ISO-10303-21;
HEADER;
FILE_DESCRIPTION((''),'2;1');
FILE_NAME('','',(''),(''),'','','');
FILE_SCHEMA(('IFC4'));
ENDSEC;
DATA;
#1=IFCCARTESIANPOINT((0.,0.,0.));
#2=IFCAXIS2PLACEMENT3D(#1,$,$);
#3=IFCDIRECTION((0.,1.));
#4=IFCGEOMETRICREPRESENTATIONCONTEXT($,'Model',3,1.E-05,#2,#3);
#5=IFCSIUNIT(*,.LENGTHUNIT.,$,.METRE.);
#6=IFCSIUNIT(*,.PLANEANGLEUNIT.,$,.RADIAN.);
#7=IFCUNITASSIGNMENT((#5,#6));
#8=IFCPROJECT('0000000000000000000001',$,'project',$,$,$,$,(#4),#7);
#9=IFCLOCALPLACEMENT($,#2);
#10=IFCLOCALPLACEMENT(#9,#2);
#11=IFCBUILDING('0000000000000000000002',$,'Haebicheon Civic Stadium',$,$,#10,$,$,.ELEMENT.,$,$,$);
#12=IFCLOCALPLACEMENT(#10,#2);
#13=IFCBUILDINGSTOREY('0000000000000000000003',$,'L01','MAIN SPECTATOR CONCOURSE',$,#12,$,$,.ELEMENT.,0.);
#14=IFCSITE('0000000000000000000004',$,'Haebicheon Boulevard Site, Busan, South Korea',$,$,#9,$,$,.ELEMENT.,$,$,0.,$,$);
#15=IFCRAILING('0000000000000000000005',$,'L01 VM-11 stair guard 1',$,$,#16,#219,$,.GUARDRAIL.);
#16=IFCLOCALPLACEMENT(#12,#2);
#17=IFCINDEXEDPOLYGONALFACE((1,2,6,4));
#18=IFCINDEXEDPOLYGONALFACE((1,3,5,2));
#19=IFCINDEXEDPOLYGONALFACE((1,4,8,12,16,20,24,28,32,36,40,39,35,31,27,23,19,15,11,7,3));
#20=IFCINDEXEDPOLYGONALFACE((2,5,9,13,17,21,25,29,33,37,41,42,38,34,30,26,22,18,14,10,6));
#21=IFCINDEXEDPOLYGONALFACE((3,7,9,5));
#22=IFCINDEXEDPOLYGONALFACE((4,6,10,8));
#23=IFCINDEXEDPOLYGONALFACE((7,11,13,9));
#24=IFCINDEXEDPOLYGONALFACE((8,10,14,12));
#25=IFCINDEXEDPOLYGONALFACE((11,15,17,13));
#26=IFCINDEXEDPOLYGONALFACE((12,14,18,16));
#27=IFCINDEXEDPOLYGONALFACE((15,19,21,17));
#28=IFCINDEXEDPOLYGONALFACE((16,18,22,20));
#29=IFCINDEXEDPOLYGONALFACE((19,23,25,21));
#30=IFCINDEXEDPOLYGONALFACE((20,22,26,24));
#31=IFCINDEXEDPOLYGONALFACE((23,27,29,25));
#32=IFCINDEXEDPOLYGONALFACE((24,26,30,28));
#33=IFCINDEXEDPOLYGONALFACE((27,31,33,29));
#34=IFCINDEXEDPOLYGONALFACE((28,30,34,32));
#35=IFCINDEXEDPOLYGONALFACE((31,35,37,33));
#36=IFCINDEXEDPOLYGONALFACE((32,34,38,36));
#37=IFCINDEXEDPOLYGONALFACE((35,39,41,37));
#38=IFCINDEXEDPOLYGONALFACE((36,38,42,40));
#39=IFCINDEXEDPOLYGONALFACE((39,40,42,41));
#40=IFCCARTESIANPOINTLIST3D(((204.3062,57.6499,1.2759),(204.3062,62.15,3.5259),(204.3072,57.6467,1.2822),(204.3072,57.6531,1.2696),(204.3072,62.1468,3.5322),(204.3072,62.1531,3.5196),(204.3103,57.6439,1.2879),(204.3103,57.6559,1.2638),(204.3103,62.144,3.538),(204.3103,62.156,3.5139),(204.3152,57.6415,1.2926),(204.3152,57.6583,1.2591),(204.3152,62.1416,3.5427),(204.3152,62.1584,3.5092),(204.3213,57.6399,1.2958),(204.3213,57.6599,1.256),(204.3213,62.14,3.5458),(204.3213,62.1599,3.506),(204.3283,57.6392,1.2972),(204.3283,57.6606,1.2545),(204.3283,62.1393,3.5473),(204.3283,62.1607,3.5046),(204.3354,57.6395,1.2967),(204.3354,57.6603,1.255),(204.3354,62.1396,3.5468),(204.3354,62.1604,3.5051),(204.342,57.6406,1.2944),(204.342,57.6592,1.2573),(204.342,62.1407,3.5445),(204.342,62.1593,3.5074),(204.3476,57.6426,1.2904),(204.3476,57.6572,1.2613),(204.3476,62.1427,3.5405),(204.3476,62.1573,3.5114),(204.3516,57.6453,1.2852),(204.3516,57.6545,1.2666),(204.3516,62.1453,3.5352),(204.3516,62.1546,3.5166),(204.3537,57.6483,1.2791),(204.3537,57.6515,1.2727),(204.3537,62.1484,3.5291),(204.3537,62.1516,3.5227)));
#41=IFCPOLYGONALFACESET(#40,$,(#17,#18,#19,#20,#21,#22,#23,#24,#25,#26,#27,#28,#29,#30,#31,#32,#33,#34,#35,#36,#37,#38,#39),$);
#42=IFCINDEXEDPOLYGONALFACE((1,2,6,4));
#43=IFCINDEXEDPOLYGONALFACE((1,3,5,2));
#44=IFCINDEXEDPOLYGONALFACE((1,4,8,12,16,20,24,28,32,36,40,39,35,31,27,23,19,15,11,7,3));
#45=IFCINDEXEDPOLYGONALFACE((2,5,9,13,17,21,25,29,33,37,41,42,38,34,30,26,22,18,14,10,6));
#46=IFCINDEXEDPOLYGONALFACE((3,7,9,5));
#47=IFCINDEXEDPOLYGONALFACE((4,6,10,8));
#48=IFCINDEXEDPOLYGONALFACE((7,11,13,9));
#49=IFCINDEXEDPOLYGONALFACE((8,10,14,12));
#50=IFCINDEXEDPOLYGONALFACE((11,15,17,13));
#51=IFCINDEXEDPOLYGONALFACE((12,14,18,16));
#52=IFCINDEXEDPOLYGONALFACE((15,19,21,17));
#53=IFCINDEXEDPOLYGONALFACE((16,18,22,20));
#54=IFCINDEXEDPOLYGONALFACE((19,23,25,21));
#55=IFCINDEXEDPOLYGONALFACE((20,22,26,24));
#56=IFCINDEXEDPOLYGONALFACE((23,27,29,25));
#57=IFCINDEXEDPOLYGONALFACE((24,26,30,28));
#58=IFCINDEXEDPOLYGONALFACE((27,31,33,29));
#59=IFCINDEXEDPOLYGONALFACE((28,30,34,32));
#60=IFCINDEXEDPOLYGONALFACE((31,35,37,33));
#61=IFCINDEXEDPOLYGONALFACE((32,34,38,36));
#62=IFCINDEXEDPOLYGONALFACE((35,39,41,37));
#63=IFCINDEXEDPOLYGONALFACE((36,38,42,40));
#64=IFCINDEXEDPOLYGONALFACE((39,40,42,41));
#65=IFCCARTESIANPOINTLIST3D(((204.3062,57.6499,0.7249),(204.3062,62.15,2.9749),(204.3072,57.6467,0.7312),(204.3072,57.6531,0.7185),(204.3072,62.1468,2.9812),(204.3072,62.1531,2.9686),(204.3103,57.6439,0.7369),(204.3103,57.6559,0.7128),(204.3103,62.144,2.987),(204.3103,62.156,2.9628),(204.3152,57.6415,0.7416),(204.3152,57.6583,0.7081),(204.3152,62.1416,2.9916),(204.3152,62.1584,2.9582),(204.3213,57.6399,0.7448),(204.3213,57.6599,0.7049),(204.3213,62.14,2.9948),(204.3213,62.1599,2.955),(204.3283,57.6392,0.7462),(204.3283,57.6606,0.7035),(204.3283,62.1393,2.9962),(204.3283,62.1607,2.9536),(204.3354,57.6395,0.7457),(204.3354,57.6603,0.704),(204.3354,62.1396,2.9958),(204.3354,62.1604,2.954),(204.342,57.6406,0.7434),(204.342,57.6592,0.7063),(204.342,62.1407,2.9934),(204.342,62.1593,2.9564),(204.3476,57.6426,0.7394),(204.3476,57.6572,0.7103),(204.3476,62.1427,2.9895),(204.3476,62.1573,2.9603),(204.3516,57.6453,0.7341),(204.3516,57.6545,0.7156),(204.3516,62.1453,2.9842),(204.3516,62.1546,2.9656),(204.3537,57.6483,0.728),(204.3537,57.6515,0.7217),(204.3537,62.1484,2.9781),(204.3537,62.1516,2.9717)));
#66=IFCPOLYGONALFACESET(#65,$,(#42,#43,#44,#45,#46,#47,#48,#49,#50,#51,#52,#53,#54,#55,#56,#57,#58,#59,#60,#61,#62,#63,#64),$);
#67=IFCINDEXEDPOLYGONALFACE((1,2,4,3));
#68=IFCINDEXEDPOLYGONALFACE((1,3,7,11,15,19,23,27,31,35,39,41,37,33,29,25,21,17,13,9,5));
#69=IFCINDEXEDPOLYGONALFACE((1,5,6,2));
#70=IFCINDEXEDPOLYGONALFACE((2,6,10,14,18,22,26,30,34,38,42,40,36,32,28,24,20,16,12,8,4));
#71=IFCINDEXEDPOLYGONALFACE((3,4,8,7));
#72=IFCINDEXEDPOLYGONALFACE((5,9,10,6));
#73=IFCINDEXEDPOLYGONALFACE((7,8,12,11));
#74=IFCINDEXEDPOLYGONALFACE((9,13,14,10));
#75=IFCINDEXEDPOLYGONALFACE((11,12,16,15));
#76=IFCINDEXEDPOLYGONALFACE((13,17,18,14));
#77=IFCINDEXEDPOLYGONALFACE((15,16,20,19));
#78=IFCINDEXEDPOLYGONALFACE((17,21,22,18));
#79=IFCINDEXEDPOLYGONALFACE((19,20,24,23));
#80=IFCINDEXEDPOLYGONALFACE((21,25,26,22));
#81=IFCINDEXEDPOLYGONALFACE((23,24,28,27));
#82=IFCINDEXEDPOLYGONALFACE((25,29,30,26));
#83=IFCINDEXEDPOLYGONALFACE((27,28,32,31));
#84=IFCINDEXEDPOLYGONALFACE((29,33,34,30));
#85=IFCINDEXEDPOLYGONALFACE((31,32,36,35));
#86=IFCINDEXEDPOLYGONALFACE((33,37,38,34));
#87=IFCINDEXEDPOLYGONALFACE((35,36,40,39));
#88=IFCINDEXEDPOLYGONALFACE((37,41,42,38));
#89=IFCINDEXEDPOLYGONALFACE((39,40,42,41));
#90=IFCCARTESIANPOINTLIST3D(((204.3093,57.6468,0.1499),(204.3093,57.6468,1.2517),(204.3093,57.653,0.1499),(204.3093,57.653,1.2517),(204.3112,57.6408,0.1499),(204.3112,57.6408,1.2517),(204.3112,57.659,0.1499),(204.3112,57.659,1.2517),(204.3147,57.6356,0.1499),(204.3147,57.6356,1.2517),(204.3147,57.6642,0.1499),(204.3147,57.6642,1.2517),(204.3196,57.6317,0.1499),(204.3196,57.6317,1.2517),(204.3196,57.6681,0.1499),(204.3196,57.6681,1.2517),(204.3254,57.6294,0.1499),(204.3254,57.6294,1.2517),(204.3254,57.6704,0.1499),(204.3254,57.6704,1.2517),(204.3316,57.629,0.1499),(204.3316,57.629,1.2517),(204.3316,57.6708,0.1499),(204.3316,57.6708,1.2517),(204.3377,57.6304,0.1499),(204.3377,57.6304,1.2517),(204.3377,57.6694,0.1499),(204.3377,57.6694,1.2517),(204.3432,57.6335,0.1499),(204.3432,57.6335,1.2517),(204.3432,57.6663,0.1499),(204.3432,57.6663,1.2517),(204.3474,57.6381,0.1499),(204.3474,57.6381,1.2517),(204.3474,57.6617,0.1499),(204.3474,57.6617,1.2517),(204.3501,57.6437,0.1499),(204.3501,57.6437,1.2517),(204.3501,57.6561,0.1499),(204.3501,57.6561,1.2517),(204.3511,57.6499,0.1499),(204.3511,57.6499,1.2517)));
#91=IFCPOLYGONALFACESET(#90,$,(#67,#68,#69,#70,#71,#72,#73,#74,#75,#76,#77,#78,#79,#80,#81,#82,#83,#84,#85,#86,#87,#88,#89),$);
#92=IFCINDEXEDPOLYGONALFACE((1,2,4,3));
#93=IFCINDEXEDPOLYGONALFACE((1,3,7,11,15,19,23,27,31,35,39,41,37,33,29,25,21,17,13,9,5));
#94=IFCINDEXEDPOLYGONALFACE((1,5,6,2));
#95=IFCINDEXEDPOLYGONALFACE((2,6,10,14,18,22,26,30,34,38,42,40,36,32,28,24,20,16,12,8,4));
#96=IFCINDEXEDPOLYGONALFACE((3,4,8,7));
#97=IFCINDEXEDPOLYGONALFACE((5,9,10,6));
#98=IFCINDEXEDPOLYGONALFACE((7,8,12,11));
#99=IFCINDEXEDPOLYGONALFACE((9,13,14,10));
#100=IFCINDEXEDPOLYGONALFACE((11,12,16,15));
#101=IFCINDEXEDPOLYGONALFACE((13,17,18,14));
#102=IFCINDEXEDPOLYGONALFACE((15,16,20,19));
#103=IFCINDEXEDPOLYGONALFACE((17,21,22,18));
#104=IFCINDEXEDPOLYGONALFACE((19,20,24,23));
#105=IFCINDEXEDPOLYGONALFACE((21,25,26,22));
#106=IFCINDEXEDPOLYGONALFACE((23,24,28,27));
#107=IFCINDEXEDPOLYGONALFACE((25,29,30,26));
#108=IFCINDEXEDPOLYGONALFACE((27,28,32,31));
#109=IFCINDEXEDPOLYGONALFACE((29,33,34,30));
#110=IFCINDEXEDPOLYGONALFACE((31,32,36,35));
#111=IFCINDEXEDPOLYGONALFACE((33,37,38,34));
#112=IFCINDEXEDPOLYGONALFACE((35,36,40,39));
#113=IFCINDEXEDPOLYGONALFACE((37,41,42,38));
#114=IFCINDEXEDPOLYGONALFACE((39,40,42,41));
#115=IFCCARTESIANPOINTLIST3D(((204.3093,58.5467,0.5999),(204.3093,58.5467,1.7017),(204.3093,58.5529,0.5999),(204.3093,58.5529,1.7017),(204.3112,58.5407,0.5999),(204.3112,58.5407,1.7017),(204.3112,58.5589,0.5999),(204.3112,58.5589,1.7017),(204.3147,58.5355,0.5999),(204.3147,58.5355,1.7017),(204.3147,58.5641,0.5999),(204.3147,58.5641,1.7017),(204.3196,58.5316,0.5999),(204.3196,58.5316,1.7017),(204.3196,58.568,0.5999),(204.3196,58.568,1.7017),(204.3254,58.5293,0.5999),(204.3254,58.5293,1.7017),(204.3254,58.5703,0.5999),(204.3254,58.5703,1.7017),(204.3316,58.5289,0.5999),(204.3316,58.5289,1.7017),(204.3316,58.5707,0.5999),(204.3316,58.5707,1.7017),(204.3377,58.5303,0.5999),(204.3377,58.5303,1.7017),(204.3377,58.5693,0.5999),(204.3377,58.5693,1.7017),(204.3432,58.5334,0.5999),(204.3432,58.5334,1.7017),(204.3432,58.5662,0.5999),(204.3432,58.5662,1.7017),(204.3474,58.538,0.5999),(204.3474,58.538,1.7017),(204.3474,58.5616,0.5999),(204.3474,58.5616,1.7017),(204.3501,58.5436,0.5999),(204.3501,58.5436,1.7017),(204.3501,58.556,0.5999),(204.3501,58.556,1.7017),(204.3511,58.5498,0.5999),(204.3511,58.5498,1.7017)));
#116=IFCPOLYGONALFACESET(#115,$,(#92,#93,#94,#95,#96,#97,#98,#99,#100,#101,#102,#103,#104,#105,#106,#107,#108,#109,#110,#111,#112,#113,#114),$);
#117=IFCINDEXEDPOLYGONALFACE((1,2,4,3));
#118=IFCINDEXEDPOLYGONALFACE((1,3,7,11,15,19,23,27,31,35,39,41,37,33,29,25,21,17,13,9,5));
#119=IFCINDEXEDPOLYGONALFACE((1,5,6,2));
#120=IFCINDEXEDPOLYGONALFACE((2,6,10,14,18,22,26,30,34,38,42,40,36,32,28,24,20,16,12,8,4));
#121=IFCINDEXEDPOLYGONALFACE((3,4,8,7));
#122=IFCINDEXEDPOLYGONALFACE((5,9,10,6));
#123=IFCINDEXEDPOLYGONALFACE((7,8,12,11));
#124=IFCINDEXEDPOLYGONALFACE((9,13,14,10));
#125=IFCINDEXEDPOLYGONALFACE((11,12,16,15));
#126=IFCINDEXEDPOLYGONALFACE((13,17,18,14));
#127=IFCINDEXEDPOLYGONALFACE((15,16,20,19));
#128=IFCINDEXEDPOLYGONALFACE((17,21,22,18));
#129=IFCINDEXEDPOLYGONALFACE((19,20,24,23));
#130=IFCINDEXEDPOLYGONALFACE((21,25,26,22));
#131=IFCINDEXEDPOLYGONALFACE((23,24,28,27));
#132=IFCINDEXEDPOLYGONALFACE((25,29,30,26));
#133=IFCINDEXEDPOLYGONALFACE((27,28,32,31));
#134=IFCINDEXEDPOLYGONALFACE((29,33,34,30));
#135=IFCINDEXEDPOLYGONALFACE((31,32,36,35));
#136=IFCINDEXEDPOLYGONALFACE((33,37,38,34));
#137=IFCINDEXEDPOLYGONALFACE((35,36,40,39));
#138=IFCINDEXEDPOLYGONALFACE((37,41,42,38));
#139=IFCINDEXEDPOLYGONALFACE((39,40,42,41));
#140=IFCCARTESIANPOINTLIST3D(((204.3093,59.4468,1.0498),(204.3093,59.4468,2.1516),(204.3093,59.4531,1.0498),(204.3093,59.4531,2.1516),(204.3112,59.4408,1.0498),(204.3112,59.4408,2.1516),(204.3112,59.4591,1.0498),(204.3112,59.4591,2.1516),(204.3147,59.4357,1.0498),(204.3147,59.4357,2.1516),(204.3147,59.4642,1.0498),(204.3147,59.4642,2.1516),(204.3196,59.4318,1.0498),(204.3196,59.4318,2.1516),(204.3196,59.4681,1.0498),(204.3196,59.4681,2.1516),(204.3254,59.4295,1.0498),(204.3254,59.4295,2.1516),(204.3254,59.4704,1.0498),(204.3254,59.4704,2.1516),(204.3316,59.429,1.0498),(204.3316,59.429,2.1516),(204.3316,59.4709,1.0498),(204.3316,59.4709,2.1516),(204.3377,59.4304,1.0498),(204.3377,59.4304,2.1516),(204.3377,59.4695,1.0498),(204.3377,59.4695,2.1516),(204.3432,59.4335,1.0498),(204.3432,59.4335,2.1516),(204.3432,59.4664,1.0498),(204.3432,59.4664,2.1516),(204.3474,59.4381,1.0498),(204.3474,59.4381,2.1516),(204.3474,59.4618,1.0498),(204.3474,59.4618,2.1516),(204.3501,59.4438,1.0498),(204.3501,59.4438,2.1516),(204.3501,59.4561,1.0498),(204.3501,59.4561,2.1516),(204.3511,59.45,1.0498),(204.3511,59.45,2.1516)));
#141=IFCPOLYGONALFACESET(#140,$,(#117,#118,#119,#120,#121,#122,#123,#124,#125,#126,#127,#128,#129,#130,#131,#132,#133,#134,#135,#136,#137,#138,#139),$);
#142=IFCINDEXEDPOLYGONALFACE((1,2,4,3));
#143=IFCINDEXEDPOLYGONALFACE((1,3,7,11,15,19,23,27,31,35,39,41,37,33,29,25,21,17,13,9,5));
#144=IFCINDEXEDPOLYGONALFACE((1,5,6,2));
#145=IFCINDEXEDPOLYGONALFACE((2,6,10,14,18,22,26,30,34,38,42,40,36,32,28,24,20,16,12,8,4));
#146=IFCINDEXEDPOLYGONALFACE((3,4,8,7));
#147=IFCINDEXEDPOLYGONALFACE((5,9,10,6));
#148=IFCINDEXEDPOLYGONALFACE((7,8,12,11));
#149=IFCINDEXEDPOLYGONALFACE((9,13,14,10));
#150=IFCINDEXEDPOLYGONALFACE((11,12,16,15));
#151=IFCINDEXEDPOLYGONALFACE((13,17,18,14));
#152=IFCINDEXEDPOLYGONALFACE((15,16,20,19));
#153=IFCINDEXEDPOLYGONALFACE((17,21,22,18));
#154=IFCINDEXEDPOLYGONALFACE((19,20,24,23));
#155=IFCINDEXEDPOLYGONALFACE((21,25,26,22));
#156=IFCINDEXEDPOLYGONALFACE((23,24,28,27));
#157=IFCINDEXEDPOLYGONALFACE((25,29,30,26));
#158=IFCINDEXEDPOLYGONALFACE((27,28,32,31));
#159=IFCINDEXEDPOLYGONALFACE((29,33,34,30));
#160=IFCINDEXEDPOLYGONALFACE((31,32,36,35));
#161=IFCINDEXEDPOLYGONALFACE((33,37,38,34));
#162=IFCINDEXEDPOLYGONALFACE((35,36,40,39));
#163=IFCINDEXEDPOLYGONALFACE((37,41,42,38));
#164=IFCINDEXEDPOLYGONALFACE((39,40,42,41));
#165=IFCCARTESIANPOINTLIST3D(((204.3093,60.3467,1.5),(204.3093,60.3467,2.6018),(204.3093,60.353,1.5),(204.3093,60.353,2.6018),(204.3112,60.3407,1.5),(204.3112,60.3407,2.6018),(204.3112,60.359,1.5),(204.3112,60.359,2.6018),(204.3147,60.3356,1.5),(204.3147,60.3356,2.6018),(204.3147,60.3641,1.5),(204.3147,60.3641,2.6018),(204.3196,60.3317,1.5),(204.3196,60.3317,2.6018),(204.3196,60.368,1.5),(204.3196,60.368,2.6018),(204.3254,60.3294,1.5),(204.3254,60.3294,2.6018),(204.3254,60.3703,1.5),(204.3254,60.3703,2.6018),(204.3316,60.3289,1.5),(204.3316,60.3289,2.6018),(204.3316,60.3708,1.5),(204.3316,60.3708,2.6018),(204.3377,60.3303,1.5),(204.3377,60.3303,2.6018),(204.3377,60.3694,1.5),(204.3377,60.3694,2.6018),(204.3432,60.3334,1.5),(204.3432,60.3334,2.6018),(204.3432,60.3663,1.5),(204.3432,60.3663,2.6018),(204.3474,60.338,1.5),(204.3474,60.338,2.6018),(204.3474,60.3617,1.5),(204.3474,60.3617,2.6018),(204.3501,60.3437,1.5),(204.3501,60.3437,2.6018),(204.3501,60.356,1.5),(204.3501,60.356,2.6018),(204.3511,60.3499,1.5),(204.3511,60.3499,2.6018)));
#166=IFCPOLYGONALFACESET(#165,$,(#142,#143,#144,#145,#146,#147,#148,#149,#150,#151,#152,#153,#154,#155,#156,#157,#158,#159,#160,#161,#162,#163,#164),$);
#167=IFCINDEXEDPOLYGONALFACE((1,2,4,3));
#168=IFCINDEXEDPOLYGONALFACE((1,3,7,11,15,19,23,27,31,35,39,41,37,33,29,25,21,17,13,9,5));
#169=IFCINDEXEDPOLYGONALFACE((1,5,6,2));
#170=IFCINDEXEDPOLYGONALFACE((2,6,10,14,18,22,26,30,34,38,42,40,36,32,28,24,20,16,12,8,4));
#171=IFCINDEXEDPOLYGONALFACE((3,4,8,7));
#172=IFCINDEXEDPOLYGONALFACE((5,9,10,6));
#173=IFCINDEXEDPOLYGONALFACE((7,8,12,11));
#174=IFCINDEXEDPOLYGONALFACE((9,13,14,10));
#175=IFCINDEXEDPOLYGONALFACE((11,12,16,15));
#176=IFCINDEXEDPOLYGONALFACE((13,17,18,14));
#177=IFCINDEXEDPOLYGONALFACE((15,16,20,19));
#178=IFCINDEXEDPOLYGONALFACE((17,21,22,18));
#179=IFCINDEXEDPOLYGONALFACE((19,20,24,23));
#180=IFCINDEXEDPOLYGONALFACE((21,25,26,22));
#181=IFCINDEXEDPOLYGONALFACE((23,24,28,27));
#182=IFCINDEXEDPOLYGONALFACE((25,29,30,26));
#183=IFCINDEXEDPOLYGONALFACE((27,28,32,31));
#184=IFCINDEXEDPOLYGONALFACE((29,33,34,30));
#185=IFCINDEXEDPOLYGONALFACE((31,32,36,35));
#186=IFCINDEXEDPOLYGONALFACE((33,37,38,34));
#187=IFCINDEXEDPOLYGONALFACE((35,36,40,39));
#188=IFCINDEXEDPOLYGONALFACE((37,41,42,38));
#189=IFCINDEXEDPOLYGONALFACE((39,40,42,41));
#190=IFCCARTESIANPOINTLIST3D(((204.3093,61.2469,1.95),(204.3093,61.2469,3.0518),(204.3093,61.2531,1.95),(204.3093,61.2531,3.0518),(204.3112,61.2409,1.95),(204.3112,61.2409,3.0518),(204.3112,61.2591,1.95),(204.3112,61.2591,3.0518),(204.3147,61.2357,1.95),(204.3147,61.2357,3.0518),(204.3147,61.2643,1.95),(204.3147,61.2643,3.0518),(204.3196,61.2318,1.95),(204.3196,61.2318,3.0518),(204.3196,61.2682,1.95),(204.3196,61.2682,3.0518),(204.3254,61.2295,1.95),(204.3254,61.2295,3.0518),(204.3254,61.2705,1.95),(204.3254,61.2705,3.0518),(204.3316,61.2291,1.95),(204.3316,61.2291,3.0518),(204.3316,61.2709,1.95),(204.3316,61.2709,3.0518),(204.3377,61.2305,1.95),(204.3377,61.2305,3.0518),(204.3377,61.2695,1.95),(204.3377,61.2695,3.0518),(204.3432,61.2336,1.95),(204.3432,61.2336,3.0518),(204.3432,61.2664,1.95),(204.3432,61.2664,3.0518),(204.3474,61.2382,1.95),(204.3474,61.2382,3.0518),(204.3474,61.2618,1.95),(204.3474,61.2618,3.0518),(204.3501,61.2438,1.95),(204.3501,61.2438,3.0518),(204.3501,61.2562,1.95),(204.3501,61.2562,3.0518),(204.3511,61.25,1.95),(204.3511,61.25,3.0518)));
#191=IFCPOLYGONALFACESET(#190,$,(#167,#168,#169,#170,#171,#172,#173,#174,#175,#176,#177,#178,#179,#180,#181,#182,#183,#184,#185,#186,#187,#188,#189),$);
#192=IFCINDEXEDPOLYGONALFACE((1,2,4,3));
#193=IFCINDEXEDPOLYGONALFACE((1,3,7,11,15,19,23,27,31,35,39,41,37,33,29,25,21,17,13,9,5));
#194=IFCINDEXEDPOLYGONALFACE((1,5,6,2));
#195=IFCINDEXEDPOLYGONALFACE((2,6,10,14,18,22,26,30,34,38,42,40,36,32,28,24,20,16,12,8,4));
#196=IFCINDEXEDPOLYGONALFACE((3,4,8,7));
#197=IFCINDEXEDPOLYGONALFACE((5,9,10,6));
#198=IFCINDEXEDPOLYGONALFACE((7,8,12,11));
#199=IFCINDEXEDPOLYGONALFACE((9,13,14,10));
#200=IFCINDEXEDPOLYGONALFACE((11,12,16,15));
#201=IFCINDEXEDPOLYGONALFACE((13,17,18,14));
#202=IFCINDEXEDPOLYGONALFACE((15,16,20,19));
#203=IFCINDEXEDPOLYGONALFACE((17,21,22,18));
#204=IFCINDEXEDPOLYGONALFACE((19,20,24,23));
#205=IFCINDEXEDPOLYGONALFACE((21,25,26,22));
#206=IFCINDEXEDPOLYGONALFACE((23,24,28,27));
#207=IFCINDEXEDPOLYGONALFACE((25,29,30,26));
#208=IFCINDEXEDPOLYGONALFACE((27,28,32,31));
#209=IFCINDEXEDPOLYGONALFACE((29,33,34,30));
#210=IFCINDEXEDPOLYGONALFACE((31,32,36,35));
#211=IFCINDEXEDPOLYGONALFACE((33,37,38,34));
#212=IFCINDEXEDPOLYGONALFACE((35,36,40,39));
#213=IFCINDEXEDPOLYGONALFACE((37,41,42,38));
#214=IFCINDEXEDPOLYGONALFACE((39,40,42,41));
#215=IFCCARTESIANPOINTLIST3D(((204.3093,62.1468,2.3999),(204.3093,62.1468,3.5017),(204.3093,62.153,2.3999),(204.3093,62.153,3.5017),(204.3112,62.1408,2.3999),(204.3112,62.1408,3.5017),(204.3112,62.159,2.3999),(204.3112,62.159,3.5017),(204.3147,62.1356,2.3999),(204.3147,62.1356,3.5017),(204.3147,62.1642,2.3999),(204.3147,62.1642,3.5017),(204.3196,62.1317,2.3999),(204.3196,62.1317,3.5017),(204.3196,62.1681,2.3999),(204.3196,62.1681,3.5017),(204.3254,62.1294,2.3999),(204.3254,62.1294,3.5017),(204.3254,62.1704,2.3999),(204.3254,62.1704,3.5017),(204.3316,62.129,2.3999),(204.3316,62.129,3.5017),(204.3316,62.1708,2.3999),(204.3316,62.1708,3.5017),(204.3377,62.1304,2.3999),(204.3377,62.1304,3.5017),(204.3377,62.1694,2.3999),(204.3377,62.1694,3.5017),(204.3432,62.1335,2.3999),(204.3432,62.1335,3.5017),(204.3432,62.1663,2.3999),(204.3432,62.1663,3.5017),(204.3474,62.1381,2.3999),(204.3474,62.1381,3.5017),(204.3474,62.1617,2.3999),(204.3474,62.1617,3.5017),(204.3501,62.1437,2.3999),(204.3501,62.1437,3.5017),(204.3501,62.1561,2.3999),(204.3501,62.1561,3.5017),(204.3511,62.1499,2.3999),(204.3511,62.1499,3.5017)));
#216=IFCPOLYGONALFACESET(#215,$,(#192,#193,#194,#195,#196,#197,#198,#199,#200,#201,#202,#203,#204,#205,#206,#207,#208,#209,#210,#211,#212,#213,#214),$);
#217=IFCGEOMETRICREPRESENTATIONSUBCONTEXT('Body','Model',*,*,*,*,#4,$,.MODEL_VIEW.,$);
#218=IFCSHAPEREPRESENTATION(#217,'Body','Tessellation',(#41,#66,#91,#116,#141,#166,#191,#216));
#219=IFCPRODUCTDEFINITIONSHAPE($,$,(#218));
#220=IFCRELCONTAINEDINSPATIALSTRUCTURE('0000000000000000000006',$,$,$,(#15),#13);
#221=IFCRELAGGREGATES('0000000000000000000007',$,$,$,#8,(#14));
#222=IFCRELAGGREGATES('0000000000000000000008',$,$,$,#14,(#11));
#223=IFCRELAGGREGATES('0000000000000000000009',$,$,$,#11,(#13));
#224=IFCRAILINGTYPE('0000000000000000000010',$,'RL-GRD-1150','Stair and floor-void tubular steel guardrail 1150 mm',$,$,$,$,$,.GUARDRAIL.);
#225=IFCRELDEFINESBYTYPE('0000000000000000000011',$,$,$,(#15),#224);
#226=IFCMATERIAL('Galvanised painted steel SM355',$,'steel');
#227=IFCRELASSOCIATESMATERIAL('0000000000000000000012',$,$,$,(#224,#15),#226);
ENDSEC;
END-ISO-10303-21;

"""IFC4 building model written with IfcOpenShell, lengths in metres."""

from ifc_helpers import new_model, si_unit, direction, frame, origin, origin_2d, place, context, subcontext, project, spatial, circle, extrude, material, type_object, element, save


model = new_model("IFC4")

# Units and contexts
model_context = context("Model", 3, precision=1e-05, world=origin(), true_north=direction((0.0, 1.0)))
body_context = subcontext(model_context, "Body", "Model", "MODEL_VIEW")
ifc_project = project(units=[si_unit("LENGTHUNIT", "METRE"), si_unit("PLANEANGLEUNIT", "RADIAN")], contexts=[model_context])

# Site, building, storey
site_placement = place(None, origin())
site = spatial("IfcSite", under=ifc_project, at=site_placement, Name="Haebicheon Boulevard Site, Busan, South Korea", CompositionType="ELEMENT", RefElevation=0.0)
building_placement = place(site_placement, origin())
building = spatial("IfcBuilding", under=site, at=building_placement, Name="Haebicheon Civic Stadium", CompositionType="ELEMENT")
storey_placement = place(building_placement, origin())
storey = spatial("IfcBuildingStorey", under=building, at=storey_placement, Name="L01", Description="MAIN SPECTATOR CONCOURSE", CompositionType="ELEMENT", Elevation=0.0)

# Railing
ifc_material_1 = material(Name="Galvanised painted steel SM355", Category="steel")
railing_type_1 = type_object("IfcRailingType", Name="RL-GRD-1150", Description="Stair and floor-void tubular steel guardrail 1150 mm", PredefinedType="GUARDRAIL", material=ifc_material_1)
railing_1_placement = place(storey_placement, frame((204.3301, 57.6499, 0.1499)))
element("IfcRailing", 1, at=railing_1_placement, inside=storey, type_object=railing_type_1, material=ifc_material_1, Name="L01 VM-11 stair guard 1", PredefinedType="GUARDRAIL", context=body_context, shape_type="SweptSolid", body=[
    extrude(circle(Radius=0.0239, at=origin_2d()), frame((0.0, 0.0, 1.126), z_axis=(0.0, 0.894427, 0.447214), x_axis=(-1.0, 0.0, 0.0)), (0.0, 0.0, 1.0), 5.0312),
    extrude(circle(Radius=0.0239, at=origin_2d()), frame((0.0, 0.0, 0.575), z_axis=(0.0, 0.894427, 0.447214), x_axis=(-1.0, 0.0, 0.0)), (0.0, 0.0, 1.0), 5.0312),
    extrude(circle(Radius=0.021, at=origin_2d()), origin(), (0.0, 0.0, 1.0), 1.1018),
    extrude(circle(Radius=0.021, at=origin_2d()), frame((0.0, 0.8999, 0.45)), (0.0, 0.0, 1.0), 1.1018),
    extrude(circle(Radius=0.021, at=origin_2d()), frame((0.0, 1.8, 0.8999)), (0.0, 0.0, 1.0), 1.1018),
    extrude(circle(Radius=0.021, at=origin_2d()), frame((0.0, 2.7, 1.3501)), (0.0, 0.0, 1.0), 1.1018),
    extrude(circle(Radius=0.021, at=origin_2d()), frame((0.0, 3.6001, 1.8)), (0.0, 0.0, 1.0), 1.1018),
    extrude(circle(Radius=0.021, at=origin_2d()), frame((0.0, 4.5, 2.25)), (0.0, 0.0, 1.0), 1.1018),
])

save(model, "model.ifc")
